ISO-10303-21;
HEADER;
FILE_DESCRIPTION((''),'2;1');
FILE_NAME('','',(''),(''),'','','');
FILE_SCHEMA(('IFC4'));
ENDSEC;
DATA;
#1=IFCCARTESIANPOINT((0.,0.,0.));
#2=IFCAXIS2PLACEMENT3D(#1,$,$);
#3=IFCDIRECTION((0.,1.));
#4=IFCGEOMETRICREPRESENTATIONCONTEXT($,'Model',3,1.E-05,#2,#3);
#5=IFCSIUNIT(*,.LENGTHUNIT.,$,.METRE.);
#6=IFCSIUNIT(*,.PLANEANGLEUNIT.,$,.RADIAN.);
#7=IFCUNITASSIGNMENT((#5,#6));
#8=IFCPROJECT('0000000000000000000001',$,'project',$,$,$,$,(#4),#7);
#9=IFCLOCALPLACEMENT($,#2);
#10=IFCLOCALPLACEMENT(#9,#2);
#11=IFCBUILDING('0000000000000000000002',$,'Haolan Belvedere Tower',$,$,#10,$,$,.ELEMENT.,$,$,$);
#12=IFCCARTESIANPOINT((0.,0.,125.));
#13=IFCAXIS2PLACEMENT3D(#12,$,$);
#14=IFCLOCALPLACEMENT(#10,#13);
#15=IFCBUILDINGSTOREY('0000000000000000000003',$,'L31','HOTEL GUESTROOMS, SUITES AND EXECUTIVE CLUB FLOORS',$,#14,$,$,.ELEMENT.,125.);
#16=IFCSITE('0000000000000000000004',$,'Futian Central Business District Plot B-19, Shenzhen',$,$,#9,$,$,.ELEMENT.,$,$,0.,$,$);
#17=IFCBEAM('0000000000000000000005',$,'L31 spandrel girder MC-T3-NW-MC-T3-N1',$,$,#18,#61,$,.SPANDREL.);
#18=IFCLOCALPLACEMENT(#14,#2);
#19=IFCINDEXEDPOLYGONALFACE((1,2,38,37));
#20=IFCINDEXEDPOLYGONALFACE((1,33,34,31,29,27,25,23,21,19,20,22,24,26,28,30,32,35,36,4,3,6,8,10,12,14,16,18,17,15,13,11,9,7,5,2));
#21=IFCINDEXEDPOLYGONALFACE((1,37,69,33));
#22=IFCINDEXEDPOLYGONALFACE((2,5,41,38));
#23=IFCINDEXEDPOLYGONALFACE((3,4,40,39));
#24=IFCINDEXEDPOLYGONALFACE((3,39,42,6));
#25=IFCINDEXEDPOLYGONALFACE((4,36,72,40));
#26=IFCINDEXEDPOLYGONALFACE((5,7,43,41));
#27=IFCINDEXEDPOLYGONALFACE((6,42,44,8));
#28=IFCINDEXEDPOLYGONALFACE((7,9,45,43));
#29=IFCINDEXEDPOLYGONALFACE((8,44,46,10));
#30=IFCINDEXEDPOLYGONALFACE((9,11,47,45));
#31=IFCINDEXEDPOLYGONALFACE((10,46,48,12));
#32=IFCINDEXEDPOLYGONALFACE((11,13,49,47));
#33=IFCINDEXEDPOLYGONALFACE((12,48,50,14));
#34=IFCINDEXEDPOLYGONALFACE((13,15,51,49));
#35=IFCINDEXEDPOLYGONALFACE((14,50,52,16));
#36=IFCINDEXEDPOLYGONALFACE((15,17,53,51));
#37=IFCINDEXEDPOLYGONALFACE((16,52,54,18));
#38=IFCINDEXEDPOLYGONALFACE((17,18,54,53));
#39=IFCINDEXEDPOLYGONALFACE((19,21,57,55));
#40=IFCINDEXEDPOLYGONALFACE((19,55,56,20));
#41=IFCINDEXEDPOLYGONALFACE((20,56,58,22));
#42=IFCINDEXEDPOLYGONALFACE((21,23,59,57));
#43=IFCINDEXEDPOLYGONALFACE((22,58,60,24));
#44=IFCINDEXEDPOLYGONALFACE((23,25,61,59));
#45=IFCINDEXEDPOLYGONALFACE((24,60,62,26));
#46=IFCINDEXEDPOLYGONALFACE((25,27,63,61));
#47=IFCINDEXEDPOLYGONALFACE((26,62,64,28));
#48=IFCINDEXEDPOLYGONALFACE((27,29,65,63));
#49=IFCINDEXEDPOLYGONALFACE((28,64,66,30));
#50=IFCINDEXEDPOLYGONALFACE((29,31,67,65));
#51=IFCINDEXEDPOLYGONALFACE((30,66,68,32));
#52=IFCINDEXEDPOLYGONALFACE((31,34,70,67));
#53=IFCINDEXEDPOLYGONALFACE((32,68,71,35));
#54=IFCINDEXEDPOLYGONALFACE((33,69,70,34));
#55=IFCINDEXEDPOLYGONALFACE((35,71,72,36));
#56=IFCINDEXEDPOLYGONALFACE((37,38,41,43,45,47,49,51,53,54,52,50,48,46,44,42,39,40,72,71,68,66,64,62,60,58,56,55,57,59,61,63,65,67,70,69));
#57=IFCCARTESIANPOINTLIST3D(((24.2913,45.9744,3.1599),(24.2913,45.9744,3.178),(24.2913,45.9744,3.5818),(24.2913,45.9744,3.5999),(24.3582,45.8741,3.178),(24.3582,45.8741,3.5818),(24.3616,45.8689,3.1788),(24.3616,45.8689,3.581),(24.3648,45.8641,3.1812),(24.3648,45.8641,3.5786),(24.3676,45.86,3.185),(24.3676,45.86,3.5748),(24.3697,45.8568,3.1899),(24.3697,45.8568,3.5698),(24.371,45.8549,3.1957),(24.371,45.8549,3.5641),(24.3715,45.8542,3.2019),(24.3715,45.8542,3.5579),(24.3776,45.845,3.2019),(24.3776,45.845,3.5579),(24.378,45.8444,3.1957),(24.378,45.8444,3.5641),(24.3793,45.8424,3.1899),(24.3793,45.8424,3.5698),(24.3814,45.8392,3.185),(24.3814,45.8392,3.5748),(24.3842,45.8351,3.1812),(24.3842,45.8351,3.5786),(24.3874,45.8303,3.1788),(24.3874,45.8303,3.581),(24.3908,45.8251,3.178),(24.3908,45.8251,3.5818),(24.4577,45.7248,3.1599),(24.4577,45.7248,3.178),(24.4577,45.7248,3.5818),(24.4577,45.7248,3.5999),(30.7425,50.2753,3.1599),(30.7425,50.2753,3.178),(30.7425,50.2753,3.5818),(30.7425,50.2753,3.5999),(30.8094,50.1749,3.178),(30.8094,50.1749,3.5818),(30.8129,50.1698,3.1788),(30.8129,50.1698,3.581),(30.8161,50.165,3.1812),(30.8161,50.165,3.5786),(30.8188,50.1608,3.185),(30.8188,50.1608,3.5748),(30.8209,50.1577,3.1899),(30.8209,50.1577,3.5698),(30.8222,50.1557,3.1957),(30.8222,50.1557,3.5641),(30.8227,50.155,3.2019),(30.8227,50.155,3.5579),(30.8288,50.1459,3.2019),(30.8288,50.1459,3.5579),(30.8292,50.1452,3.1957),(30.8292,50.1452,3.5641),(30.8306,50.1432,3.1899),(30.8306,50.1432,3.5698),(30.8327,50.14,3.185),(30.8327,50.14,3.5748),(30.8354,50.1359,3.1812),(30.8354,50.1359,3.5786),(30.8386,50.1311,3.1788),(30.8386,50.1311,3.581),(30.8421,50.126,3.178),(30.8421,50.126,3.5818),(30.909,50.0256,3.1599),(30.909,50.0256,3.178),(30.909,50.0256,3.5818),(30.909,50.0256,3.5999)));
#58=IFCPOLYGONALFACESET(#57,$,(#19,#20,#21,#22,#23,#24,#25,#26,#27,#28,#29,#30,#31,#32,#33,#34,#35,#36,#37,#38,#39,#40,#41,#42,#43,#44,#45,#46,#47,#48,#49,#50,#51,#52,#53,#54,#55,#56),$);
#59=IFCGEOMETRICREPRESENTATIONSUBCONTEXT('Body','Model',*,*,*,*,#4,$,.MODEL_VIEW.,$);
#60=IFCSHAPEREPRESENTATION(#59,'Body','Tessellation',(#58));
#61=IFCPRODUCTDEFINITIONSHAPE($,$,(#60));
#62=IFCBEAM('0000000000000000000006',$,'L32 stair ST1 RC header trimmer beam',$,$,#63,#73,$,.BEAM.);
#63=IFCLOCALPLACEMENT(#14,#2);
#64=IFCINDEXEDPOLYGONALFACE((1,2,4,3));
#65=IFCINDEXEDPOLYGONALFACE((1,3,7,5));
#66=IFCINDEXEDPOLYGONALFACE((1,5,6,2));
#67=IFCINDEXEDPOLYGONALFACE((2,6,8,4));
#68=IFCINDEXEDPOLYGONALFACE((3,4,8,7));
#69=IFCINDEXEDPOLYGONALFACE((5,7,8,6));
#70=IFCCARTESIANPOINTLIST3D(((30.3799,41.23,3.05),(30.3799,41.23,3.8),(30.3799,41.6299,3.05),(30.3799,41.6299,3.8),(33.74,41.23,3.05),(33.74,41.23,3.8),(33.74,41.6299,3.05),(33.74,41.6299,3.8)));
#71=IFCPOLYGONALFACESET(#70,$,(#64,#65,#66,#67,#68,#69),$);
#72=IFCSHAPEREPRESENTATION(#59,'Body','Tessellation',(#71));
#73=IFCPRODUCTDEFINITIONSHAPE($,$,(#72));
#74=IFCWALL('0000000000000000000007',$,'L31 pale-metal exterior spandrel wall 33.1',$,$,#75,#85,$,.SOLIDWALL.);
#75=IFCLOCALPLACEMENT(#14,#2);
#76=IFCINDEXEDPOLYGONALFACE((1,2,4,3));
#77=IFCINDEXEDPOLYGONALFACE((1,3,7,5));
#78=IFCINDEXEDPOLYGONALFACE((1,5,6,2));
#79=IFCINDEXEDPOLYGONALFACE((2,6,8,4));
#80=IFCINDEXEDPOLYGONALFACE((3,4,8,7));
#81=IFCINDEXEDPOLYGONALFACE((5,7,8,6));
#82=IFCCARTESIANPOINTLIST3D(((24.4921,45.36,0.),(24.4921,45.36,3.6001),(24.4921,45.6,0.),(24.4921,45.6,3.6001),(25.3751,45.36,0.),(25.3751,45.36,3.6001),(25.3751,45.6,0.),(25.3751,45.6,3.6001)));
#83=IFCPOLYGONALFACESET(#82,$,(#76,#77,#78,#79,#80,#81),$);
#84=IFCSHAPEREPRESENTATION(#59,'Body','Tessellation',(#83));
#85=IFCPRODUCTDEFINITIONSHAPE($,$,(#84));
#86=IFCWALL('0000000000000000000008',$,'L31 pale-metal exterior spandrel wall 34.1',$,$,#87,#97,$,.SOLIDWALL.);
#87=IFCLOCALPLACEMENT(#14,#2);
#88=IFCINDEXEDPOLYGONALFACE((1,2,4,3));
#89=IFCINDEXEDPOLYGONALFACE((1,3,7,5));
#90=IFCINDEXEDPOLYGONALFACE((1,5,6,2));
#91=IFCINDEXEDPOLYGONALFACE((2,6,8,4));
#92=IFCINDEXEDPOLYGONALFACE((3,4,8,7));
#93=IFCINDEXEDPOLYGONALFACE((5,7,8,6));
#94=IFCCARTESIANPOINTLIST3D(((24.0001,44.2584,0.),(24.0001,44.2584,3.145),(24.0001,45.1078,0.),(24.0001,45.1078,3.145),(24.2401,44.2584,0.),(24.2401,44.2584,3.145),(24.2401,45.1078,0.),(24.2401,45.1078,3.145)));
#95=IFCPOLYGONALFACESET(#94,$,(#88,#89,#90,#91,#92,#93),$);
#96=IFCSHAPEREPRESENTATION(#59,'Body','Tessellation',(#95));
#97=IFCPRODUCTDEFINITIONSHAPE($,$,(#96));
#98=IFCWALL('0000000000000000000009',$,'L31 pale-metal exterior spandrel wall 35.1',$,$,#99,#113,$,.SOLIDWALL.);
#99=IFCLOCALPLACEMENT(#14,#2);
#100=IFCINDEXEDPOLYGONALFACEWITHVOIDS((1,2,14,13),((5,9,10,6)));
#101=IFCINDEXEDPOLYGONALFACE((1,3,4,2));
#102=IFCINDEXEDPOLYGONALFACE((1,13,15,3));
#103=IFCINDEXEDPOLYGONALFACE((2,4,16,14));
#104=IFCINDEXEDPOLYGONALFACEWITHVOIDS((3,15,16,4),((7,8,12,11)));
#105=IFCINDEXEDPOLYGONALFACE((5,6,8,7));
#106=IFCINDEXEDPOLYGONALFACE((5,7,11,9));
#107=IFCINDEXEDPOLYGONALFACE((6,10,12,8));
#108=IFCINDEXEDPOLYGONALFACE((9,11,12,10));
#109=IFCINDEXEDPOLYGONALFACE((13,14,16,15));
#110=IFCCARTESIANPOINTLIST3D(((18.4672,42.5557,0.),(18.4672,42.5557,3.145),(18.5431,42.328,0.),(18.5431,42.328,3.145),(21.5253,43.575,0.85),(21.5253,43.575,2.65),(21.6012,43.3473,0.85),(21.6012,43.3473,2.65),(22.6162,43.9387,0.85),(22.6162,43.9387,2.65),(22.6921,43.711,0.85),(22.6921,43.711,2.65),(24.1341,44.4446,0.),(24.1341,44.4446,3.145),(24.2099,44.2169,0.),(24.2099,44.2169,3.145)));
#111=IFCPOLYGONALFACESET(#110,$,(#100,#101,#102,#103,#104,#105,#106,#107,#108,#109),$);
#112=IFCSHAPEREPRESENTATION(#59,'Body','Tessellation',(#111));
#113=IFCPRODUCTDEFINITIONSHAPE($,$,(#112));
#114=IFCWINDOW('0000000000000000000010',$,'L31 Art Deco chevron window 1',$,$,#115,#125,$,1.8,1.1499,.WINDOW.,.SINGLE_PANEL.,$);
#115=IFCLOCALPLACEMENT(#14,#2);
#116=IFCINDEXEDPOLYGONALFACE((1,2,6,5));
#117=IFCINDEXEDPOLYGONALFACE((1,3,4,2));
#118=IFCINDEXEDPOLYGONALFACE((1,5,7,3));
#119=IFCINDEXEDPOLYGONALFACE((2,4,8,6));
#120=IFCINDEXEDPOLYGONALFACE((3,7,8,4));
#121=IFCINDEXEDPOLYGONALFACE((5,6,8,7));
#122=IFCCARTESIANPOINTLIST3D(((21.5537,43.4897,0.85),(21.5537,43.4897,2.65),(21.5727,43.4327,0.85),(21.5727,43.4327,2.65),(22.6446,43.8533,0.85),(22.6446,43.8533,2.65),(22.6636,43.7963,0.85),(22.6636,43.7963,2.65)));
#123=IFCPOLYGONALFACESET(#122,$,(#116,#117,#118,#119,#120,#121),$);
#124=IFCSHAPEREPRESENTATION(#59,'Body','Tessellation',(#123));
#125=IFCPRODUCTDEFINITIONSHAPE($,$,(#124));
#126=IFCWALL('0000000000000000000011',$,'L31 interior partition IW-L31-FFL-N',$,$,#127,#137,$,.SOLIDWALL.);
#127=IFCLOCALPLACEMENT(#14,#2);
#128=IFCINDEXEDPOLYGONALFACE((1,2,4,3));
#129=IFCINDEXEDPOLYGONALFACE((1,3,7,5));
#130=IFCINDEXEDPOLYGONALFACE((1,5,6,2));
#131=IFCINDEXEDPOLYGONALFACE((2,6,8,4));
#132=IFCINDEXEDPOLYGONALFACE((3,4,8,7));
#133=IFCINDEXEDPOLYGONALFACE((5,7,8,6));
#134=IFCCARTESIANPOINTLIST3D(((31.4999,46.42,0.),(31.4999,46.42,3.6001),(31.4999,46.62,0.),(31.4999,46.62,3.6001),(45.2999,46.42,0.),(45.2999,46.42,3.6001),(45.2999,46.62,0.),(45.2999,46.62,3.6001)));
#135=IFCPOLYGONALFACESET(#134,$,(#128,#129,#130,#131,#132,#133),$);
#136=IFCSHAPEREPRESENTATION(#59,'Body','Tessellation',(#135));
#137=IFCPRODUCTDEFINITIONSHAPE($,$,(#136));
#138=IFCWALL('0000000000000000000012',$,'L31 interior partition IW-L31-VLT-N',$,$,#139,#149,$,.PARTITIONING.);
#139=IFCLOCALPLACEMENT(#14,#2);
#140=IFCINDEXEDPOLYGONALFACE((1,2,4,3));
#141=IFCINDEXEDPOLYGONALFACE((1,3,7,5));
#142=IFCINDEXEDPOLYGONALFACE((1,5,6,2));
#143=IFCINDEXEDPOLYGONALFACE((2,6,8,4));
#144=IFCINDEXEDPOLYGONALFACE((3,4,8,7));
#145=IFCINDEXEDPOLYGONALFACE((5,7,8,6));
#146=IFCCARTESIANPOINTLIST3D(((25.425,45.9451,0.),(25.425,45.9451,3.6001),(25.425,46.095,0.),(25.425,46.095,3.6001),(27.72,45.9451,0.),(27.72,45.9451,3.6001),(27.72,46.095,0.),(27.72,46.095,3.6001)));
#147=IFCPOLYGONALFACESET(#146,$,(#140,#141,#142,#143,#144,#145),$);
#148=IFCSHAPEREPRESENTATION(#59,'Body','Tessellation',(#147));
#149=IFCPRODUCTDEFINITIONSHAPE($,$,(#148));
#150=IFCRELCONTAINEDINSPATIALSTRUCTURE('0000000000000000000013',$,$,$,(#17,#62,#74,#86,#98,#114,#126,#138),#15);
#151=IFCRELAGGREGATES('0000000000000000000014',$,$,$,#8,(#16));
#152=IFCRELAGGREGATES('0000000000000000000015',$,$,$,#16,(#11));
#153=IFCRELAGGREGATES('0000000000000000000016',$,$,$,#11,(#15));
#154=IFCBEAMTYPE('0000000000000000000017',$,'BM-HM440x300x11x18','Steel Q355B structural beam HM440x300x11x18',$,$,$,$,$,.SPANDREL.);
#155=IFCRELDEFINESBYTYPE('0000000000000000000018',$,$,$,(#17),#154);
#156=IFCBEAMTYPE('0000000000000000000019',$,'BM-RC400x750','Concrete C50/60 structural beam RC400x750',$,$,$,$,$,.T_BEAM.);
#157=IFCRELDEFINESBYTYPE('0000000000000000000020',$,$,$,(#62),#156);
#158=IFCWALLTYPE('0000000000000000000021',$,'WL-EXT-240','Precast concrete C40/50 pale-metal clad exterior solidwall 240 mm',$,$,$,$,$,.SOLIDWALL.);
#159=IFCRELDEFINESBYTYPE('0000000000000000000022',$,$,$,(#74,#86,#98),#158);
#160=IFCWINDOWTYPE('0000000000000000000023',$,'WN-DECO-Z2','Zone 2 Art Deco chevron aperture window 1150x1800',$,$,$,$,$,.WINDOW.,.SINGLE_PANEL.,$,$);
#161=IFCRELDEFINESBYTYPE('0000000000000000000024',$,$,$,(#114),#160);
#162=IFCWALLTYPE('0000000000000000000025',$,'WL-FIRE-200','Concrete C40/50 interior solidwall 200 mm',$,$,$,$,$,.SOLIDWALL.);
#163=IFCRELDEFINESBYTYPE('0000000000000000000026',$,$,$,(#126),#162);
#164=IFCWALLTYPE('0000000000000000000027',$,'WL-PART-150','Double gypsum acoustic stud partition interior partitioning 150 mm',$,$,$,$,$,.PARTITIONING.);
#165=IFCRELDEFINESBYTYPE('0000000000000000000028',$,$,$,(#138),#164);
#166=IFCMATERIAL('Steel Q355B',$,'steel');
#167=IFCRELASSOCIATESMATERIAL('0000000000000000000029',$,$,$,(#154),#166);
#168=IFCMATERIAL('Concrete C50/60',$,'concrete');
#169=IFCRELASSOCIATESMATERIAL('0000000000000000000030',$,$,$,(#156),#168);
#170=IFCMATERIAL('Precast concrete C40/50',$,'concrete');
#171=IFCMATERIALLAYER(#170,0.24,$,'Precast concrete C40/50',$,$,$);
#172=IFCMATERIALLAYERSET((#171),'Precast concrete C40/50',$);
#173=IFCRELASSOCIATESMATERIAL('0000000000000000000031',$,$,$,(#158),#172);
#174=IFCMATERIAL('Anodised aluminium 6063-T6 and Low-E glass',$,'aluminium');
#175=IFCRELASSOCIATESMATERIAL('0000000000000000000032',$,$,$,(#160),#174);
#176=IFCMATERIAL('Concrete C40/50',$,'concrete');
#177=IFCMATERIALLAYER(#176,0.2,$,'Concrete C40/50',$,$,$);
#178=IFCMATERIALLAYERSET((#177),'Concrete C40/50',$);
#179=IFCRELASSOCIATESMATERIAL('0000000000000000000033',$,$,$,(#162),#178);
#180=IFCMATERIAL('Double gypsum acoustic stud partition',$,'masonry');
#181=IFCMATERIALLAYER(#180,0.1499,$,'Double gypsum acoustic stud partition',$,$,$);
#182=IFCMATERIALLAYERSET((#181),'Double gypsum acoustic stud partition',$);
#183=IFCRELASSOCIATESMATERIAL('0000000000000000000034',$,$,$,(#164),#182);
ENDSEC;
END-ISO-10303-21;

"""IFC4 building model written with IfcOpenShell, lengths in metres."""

from ifc_helpers import new_model, si_unit, direction, frame, frame_2d, origin, origin_2d, place, context, subcontext, project, spatial, rectangle, i_section, extrude, material, layer, layer_set, material_profile, profile_set, type_object, element, fill, save


model = new_model("IFC4")

# Units and contexts
model_context = context("Model", 3, precision=1e-05, world=origin(), true_north=direction((0.0, 1.0)))
body_context = subcontext(model_context, "Body", "Model", "MODEL_VIEW")
ifc_project = project(units=[si_unit("LENGTHUNIT", "METRE"), si_unit("PLANEANGLEUNIT", "RADIAN")], contexts=[model_context])

# Site, building, storey
site_placement = place(None, origin())
site = spatial("IfcSite", under=ifc_project, at=site_placement, Name="Futian Central Business District Plot B-19, Shenzhen", CompositionType="ELEMENT", RefElevation=0.0)
building_placement = place(site_placement, origin())
building = spatial("IfcBuilding", under=site, at=building_placement, Name="Haolan Belvedere Tower", CompositionType="ELEMENT")
storey_placement = place(building_placement, frame((0.0, 0.0, 125.0)))
storey = spatial("IfcBuildingStorey", under=building, at=storey_placement, Name="L31", Description="HOTEL GUESTROOMS, SUITES AND EXECUTIVE CLUB FLOORS", CompositionType="ELEMENT", Elevation=125.0)

# Beams
ifc_material_1 = material(Name="Steel Q355B", Category="steel")
ifc_material_profile_1 = material_profile(ifc_material_1, i_section(OverallWidth=0.3, OverallDepth=0.4399, WebThickness=0.011, FlangeThickness=0.0181, FilletRadius=0.0239, at=origin_2d()), Name="Steel Q355B")
ifc_profile_set_1 = profile_set([ifc_material_profile_1], Name="Steel Q355B")
beam_type_1 = type_object("IfcBeamType", Name="BM-HM440x300x11x18", Description="Steel Q355B structural beam HM440x300x11x18", PredefinedType="SPANDREL", material=ifc_profile_set_1)
beam_1_placement = place(storey_placement, frame((24.3745, 45.8496, 3.3799), z_axis=(0.83205, 0.5547, 0.0), x_axis=(-0.5547, 0.83205, 0.0)))
element("IfcBeam", 1, at=beam_1_placement, inside=storey, type_object=beam_type_1, Name="L31 spandrel girder MC-T3-NW-MC-T3-N1", PredefinedType="SPANDREL", context=body_context, shape_type="SweptSolid", body=[
    extrude(i_section(OverallWidth=0.3, OverallDepth=0.4399, WebThickness=0.011, FlangeThickness=0.0181, FilletRadius=0.0239, at=origin_2d()), origin(), (0.0, 0.0, 1.0), 7.7534),
])
ifc_material_2 = material(Name="Concrete C50/60", Category="concrete")
ifc_material_profile_2 = material_profile(ifc_material_2, rectangle(XDim=0.3999, YDim=0.75, at=origin_2d()), Name="Concrete C50/60")
ifc_profile_set_2 = profile_set([ifc_material_profile_2], Name="Concrete C50/60")
beam_type_2 = type_object("IfcBeamType", Name="BM-RC400x750", Description="Concrete C50/60 structural beam RC400x750", PredefinedType="T_BEAM", material=ifc_profile_set_2)
beam_2_placement = place(storey_placement, frame((30.3799, 41.4299, 3.425), z_axis=(1.0, 0.0, 0.0), x_axis=(0.0, 1.0, 0.0)))
element("IfcBeam", 2, at=beam_2_placement, inside=storey, type_object=beam_type_2, Name="L32 stair ST1 RC header trimmer beam", PredefinedType="BEAM", context=body_context, shape_type="SweptSolid", body=[
    extrude(rectangle(XDim=0.3999, YDim=0.75, at=origin_2d()), origin(), (0.0, 0.0, 1.0), 3.3601),
])

# Walls
ifc_material_3 = material(Name="Precast concrete C40/50", Category="concrete")
ifc_layer_1 = layer(ifc_material_3, 0.24, Name="Precast concrete C40/50")
ifc_layer_set_1 = layer_set([ifc_layer_1], Name="Precast concrete C40/50")
wall_type_1 = type_object("IfcWallType", Name="WL-EXT-240", Description="Precast concrete C40/50 pale-metal clad exterior solidwall 240 mm", PredefinedType="SOLIDWALL", material=ifc_layer_set_1)
wall_1_placement = place(storey_placement, frame((25.375, 45.48, 0.0), z_axis=(0.0, 0.0, 1.0), x_axis=(-1.0, 0.0, 0.0)))
element("IfcWall", 3, at=wall_1_placement, inside=storey, type_object=wall_type_1, Name="L31 pale-metal exterior spandrel wall 33.1", PredefinedType="SOLIDWALL", context=body_context, shape_type="SweptSolid", body=[
    extrude(rectangle(XDim=0.8831, YDim=0.24, at=frame_2d((0.4414, 0.0))), origin(), (0.0, 0.0, 1.0), 3.6001),
])
wall_2_placement = place(storey_placement, frame((24.1201, 45.1079, 0.0), z_axis=(0.0, 0.0, 1.0), x_axis=(0.0, -1.0, 0.0)))
element("IfcWall", 4, at=wall_2_placement, inside=storey, type_object=wall_type_1, Name="L31 pale-metal exterior spandrel wall 34.1", PredefinedType="SOLIDWALL", context=body_context, shape_type="SweptSolid", body=[
    extrude(rectangle(XDim=0.8494, YDim=0.24, at=frame_2d((0.4248, 0.0))), origin(), (0.0, 0.0, 1.0), 3.145),
])

# Wall, opening, window
wall_3_placement = place(storey_placement, frame((24.1721, 44.3308, 0.0), z_axis=(0.0, 0.0, 1.0), x_axis=(-0.948683, -0.316228, 0.0)))
wall_3 = element("IfcWall", 5, at=wall_3_placement, inside=storey, type_object=wall_type_1, Name="L31 pale-metal exterior spandrel wall 35.1", PredefinedType="SOLIDWALL", context=body_context, shape_type="SweptSolid", body=[
    extrude(rectangle(XDim=5.9734, YDim=0.24, at=frame_2d((2.9868, 0.0))), origin(), (0.0, 0.0, 1.0), 3.145),
])
opening_1_placement = place(wall_3_placement, frame((1.6001, 0.0, 0.8501)))
opening_1 = element("IfcOpeningElement", 6, at=opening_1_placement, cuts=wall_3, PredefinedType="OPENING", context=body_context, shape_type="SweptSolid", body=[
    extrude(rectangle(XDim=1.1499, YDim=1.8, at=frame_2d((0.575, 0.8999))), frame((0.0, 0.1299, 0.0), z_axis=(0.0, -1.0, 0.0), x_axis=(1.0, 0.0, 0.0)), (0.0, 0.0, 1.0), 0.26),
])
ifc_material_4 = material(Name="Anodised aluminium 6063-T6 and Low-E glass", Category="aluminium")
window_type = type_object("IfcWindowType", Name="WN-DECO-Z2", Description="Zone 2 Art Deco chevron aperture window 1150x1800", PartitioningType="SINGLE_PANEL", PredefinedType="WINDOW", material=ifc_material_4)
window_placement = place(opening_1_placement, origin())
window = element("IfcWindow", 7, at=window_placement, inside=storey, type_object=window_type, Name="L31 Art Deco chevron window 1", OverallHeight=1.8, OverallWidth=1.1499, PartitioningType="SINGLE_PANEL", PredefinedType="WINDOW", context=body_context, shape_type="SweptSolid", body=[
    extrude(rectangle(XDim=1.1499, YDim=1.8, at=frame_2d((0.575, 0.8999))), frame((0.0, 0.03, 0.0), z_axis=(0.0, -1.0, 0.0), x_axis=(1.0, 0.0, 0.0)), (0.0, 0.0, 1.0), 0.0601),
])
fill(opening_1, window)

# Wall
ifc_material_5 = material(Name="Concrete C40/50", Category="concrete")
ifc_layer_2 = layer(ifc_material_5, 0.2, Name="Concrete C40/50")
ifc_layer_set_2 = layer_set([ifc_layer_2], Name="Concrete C40/50")
wall_type_2 = type_object("IfcWallType", Name="WL-FIRE-200", Description="Concrete C40/50 interior solidwall 200 mm", PredefinedType="SOLIDWALL", material=ifc_layer_set_2)
wall_4_placement = place(storey_placement, frame((31.5, 46.52, 0.0), z_axis=(0.0, 0.0, 1.0), x_axis=(1.0, 0.0, 0.0)))
element("IfcWall", 8, at=wall_4_placement, inside=storey, type_object=wall_type_2, Name="L31 interior partition IW-L31-FFL-N", PredefinedType="SOLIDWALL", context=body_context, shape_type="SweptSolid", body=[
    extrude(rectangle(XDim=13.8, YDim=0.2, at=frame_2d((6.8999, 0.0))), origin(), (0.0, 0.0, 1.0), 3.6001),
])

# Wall
ifc_material_6 = material(Name="Double gypsum acoustic stud partition", Category="masonry")
ifc_layer_3 = layer(ifc_material_6, 0.1499, Name="Double gypsum acoustic stud partition")
ifc_layer_set_3 = layer_set([ifc_layer_3], Name="Double gypsum acoustic stud partition")
wall_type_3 = type_object("IfcWallType", Name="WL-PART-150", Description="Double gypsum acoustic stud partition interior partitioning 150 mm", PredefinedType="PARTITIONING", material=ifc_layer_set_3)
wall_5_placement = place(storey_placement, frame((25.425, 46.02, 0.0), z_axis=(0.0, 0.0, 1.0), x_axis=(1.0, 0.0, 0.0)))
element("IfcWall", 9, at=wall_5_placement, inside=storey, type_object=wall_type_3, Name="L31 interior partition IW-L31-VLT-N", PredefinedType="PARTITIONING", context=body_context, shape_type="SweptSolid", body=[
    extrude(rectangle(XDim=2.2949, YDim=0.1499, at=frame_2d((1.1475, 0.0))), origin(), (0.0, 0.0, 1.0), 3.6001),
])

save(model, "model.ifc")
